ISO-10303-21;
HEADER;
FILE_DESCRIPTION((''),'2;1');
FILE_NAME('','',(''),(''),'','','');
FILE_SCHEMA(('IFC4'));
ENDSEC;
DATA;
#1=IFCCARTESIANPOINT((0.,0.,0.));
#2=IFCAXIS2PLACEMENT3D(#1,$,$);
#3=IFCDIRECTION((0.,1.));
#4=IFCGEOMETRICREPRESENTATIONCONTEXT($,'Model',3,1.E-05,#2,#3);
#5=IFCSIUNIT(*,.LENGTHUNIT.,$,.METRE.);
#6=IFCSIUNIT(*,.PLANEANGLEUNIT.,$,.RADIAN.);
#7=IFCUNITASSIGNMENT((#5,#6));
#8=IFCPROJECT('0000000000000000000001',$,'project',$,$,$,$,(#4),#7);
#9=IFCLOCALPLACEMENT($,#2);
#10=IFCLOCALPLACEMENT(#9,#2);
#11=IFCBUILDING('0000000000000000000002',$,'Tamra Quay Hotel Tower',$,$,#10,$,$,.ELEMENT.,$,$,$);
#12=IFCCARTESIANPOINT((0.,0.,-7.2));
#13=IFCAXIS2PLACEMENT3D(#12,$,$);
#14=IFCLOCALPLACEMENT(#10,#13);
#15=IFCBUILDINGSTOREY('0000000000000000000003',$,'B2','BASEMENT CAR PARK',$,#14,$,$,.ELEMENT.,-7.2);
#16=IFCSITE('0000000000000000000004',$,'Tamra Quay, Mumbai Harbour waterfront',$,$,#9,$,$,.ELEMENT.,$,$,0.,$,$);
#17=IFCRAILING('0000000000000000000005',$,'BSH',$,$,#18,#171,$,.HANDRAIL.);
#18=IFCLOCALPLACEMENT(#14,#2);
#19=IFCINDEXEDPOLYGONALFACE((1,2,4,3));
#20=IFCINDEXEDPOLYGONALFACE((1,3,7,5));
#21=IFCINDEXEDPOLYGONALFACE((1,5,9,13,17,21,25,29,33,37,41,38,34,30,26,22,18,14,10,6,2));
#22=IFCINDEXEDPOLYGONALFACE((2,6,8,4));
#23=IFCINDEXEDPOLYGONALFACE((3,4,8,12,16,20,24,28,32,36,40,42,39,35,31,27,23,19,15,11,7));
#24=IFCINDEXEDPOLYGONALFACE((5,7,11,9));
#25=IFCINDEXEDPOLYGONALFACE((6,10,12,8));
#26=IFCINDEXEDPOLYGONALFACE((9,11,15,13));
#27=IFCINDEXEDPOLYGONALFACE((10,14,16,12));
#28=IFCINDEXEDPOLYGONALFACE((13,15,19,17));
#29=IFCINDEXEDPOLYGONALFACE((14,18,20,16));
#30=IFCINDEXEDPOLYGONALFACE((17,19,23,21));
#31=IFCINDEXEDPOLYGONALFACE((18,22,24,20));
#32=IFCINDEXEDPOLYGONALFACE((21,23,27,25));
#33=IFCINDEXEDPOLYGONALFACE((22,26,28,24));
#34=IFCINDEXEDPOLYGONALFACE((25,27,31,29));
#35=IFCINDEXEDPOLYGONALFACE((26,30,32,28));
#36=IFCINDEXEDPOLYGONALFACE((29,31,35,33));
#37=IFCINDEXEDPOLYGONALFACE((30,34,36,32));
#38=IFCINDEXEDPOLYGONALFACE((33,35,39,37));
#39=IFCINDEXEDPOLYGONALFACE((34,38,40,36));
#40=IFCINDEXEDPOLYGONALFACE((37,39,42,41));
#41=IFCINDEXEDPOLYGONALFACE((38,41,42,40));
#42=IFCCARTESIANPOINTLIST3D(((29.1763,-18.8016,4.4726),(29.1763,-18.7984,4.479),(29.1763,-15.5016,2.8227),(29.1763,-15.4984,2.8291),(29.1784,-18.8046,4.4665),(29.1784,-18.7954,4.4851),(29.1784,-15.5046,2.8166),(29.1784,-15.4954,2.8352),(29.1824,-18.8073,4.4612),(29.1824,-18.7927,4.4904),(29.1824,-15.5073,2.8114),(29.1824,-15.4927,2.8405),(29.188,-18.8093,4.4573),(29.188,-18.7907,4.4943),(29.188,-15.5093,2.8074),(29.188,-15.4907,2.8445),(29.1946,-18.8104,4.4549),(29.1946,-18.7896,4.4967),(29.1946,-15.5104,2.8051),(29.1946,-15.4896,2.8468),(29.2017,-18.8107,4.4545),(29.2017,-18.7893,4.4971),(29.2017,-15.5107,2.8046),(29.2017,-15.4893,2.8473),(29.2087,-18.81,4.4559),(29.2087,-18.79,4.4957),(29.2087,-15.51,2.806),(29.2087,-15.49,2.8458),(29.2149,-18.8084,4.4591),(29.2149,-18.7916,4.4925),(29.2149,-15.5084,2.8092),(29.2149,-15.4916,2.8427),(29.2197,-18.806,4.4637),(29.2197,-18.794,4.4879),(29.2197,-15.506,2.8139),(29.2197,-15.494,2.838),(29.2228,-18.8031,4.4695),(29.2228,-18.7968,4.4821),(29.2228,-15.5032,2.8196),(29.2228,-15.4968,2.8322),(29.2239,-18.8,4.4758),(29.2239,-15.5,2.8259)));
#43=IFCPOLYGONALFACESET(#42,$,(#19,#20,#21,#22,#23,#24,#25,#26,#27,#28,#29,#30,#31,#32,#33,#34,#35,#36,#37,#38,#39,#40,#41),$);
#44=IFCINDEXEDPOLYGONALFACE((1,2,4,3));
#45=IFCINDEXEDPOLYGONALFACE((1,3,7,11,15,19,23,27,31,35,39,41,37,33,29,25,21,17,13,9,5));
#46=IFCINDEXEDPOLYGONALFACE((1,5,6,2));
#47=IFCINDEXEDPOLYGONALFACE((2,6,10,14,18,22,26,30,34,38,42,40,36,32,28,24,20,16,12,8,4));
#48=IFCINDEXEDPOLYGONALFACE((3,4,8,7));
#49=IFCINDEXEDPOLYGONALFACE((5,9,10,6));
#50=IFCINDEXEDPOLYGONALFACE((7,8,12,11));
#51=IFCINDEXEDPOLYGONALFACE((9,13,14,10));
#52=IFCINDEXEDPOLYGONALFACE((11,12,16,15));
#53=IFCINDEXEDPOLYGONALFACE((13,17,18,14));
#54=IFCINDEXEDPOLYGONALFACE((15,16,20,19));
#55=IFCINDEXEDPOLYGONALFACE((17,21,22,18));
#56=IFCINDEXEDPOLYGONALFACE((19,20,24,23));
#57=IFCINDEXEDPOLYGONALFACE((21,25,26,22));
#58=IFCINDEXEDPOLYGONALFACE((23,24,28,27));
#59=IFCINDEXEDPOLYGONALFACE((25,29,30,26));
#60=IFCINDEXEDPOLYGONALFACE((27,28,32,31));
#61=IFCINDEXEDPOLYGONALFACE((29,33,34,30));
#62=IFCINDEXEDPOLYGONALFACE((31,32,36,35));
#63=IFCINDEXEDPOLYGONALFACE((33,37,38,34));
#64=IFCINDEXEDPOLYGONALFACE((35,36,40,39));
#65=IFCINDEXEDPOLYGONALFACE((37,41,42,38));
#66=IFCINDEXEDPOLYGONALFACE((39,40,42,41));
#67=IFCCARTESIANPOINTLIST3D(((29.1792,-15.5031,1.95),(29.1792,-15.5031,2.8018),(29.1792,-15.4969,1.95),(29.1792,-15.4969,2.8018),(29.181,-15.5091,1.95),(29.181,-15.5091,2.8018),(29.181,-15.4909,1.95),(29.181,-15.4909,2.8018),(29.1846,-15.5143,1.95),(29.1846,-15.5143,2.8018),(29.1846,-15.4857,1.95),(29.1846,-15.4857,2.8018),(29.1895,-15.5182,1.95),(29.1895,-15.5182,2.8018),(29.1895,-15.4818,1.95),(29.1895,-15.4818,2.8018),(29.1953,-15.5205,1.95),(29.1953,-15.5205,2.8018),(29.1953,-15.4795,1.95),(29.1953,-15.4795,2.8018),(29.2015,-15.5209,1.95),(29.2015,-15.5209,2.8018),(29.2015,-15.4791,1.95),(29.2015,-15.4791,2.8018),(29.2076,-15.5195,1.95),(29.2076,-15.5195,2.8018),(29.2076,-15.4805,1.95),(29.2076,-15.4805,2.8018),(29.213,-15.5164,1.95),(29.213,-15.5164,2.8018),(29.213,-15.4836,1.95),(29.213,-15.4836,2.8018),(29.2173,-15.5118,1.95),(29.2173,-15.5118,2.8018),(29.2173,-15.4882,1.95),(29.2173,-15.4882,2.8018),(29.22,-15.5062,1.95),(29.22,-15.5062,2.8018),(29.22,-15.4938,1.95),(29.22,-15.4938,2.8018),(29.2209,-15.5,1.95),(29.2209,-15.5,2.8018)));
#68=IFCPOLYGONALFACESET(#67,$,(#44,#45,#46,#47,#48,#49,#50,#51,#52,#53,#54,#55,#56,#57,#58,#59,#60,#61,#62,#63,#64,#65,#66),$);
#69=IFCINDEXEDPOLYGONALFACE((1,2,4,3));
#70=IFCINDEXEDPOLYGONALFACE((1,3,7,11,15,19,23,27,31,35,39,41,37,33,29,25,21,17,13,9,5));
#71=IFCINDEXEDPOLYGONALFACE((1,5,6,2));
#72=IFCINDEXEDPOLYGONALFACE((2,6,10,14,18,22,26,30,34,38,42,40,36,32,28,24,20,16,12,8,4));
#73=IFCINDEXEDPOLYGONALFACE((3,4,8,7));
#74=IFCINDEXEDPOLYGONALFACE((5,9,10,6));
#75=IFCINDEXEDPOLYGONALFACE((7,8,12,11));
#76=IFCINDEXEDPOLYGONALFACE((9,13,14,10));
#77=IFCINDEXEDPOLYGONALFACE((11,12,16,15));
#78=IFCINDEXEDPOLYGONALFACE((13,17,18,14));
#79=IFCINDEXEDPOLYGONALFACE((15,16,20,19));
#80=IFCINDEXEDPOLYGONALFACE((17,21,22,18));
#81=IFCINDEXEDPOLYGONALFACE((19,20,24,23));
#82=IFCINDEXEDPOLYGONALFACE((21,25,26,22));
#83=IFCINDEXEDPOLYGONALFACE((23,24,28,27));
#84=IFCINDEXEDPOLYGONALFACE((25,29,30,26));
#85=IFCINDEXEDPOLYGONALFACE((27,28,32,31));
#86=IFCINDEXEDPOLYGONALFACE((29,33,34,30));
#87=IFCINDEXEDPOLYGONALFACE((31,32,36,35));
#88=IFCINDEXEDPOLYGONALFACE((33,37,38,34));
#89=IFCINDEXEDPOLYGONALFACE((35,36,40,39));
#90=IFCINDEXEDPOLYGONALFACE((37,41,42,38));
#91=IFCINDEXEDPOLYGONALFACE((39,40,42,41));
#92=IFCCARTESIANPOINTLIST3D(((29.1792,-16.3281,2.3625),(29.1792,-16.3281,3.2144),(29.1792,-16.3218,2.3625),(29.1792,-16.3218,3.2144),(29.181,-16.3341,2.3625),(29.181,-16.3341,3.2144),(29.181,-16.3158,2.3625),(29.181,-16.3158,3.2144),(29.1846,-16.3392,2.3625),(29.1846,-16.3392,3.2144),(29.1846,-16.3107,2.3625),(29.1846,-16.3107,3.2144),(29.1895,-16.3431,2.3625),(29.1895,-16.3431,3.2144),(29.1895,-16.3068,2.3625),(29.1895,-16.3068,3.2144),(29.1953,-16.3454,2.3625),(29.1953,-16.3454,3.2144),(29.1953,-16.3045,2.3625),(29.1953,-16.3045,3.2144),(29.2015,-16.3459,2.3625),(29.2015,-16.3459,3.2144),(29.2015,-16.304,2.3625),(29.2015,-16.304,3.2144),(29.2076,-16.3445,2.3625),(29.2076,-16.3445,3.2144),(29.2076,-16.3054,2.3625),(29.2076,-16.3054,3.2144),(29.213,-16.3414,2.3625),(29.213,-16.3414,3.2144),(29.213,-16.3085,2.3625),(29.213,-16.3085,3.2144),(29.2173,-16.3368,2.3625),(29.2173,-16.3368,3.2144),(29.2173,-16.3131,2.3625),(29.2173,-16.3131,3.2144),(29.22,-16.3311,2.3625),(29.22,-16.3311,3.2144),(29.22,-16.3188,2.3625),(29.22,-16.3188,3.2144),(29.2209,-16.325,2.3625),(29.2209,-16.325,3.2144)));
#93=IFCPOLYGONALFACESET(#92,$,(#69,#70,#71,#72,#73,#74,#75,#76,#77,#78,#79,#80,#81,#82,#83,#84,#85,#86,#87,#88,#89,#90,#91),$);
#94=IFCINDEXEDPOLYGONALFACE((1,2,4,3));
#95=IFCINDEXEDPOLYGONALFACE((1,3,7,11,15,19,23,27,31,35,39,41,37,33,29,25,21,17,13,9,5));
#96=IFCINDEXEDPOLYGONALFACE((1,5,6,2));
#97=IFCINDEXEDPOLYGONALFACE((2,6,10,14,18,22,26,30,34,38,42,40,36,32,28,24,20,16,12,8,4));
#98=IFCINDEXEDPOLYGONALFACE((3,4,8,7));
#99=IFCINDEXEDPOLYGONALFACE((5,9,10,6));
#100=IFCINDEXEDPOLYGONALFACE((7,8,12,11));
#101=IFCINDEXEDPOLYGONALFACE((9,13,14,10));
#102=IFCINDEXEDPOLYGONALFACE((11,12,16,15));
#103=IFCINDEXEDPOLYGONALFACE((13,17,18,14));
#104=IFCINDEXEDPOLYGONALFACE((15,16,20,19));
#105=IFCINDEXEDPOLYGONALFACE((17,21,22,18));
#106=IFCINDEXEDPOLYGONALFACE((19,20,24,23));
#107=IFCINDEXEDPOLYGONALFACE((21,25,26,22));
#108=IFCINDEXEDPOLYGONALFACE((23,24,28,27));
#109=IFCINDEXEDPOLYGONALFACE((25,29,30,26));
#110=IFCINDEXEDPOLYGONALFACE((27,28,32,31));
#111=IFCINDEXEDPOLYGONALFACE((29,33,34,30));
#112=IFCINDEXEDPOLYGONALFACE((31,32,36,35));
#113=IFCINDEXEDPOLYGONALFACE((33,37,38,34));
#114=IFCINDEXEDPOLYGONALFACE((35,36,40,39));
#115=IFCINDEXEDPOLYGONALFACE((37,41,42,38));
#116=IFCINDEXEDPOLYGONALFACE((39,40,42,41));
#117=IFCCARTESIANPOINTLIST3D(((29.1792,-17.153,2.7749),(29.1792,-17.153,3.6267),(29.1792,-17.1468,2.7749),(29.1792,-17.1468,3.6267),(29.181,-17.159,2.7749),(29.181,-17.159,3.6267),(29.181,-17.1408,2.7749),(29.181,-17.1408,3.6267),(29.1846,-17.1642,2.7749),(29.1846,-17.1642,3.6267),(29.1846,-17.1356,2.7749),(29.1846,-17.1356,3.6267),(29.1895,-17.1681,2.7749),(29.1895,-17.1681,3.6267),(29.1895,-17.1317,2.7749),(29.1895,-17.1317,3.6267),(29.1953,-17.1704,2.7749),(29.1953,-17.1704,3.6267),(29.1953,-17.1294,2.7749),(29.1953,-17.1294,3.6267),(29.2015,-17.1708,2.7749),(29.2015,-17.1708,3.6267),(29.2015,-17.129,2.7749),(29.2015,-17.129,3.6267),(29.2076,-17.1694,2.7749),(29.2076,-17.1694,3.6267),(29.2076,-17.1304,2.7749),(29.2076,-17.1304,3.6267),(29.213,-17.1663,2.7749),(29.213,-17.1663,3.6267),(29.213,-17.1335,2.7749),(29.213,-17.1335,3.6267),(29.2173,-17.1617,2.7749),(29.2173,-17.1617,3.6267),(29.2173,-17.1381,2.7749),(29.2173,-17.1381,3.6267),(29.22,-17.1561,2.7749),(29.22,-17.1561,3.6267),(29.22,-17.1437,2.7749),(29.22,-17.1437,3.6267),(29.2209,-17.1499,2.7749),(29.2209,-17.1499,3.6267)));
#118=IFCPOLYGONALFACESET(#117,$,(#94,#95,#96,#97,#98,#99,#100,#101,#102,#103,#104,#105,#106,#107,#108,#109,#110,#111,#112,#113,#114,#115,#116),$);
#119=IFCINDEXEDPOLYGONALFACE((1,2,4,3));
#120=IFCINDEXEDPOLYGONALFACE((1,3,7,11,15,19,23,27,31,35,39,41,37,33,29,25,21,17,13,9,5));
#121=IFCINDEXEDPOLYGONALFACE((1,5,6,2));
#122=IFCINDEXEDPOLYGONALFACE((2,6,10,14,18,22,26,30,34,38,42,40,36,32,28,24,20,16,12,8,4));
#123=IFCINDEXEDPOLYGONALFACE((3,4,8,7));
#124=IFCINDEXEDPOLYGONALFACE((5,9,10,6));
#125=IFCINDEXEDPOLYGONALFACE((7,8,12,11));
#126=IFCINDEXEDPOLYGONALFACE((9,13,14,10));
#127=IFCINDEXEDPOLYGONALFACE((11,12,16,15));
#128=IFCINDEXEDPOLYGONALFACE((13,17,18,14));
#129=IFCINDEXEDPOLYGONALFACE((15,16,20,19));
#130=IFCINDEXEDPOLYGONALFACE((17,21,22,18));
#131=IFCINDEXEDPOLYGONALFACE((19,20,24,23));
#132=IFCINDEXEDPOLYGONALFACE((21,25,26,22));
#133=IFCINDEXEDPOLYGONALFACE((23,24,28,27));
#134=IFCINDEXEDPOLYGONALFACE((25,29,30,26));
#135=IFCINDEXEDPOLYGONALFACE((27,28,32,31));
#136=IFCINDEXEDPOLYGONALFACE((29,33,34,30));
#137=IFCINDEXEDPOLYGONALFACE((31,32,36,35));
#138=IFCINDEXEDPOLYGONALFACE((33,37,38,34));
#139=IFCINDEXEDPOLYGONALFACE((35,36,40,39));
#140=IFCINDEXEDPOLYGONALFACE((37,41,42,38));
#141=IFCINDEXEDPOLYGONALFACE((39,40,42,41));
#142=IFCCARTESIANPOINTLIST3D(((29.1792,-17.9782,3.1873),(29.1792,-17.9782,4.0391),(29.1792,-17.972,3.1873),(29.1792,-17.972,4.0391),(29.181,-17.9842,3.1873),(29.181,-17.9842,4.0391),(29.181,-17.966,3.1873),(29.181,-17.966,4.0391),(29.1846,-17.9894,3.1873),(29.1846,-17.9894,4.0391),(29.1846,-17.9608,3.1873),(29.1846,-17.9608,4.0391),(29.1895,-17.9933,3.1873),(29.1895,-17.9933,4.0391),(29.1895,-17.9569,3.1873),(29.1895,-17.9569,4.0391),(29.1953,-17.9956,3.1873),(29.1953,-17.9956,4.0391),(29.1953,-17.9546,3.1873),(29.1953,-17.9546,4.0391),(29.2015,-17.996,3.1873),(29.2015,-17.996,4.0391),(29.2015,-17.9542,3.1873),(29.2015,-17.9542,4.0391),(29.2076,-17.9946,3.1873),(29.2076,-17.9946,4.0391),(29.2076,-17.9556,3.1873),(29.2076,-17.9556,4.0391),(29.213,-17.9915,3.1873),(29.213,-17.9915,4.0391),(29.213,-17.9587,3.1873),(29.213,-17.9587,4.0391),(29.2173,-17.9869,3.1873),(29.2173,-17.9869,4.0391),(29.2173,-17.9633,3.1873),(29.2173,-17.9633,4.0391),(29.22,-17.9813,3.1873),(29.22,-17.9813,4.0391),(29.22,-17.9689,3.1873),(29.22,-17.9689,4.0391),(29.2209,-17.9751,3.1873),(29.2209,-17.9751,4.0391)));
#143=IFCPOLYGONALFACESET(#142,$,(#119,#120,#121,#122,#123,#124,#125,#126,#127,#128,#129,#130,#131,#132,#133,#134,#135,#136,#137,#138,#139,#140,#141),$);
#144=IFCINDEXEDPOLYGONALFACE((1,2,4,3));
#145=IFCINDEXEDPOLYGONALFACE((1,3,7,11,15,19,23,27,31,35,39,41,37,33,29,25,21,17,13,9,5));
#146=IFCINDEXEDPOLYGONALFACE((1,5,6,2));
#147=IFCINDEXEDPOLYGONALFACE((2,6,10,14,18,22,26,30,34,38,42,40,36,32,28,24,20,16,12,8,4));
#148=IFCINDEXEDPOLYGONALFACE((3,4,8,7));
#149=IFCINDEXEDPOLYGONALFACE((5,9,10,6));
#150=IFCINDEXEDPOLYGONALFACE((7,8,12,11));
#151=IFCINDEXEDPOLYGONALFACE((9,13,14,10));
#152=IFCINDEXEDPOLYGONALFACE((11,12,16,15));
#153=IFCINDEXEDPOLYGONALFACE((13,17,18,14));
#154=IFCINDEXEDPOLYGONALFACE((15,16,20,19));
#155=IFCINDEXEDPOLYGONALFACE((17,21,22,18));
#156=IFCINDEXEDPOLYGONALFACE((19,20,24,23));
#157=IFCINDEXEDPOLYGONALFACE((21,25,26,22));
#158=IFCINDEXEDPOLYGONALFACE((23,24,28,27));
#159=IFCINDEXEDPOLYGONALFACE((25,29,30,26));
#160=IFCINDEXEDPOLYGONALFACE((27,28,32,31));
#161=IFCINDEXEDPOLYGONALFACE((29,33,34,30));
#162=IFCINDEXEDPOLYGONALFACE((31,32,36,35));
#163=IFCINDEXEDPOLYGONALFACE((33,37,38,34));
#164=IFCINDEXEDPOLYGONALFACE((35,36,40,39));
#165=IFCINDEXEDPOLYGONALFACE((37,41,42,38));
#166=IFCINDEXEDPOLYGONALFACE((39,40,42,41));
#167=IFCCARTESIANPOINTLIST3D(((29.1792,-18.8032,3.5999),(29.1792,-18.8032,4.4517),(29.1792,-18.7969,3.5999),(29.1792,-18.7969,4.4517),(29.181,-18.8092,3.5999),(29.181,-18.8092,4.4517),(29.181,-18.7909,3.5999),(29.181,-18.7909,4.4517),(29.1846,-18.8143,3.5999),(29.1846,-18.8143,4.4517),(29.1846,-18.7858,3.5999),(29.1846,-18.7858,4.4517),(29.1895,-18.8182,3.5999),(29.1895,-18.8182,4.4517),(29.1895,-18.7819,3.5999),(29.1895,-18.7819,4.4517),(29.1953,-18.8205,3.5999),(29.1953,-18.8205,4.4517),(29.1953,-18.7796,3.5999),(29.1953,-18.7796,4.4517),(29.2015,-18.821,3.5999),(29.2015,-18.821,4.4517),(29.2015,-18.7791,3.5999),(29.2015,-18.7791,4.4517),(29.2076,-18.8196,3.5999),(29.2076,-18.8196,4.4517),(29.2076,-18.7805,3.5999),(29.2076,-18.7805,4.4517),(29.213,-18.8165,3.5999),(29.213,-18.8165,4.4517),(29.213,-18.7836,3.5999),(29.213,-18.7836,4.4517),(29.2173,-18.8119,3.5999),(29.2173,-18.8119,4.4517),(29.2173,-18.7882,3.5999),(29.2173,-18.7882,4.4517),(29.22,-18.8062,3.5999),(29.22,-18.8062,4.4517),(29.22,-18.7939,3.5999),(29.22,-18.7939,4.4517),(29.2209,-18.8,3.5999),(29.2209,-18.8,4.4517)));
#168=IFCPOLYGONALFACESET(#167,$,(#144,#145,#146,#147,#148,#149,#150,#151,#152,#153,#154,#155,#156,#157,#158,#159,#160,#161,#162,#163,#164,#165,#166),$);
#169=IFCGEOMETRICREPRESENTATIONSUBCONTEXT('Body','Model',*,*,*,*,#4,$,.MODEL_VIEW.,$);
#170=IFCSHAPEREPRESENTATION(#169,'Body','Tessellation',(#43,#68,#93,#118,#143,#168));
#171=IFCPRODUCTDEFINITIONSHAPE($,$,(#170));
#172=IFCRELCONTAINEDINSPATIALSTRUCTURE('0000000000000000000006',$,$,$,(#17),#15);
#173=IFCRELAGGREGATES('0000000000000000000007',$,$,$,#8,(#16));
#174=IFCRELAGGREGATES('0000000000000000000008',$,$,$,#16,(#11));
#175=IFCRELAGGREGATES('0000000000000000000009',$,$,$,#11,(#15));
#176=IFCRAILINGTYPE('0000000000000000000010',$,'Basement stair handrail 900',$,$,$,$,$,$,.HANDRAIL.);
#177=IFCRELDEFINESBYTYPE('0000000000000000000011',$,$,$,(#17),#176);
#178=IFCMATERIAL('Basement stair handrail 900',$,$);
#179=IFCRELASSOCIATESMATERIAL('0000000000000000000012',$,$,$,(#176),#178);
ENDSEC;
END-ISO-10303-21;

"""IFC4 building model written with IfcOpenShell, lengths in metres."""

from ifc_helpers import new_model, si_unit, direction, frame, origin, origin_2d, place, context, subcontext, project, spatial, circle, extrude, material, type_object, element, save


model = new_model("IFC4")

# Units and contexts
model_context = context("Model", 3, precision=1e-05, world=origin(), true_north=direction((0.0, 1.0)))
body_context = subcontext(model_context, "Body", "Model", "MODEL_VIEW")
ifc_project = project(units=[si_unit("LENGTHUNIT", "METRE"), si_unit("PLANEANGLEUNIT", "RADIAN")], contexts=[model_context])

# Site, building, storey
site_placement = place(None, origin())
site = spatial("IfcSite", under=ifc_project, at=site_placement, Name="Tamra Quay, Mumbai Harbour waterfront", CompositionType="ELEMENT", RefElevation=0.0)
building_placement = place(site_placement, origin())
building = spatial("IfcBuilding", under=site, at=building_placement, Name="Tamra Quay Hotel Tower", CompositionType="ELEMENT")
storey_placement = place(building_placement, frame((0.0, 0.0, -7.2)))
storey = spatial("IfcBuildingStorey", under=building, at=storey_placement, Name="B2", Description="BASEMENT CAR PARK", CompositionType="ELEMENT", Elevation=-7.2)

# Railing
ifc_material_1 = material(Name="Basement stair handrail 900")
railing_type_1 = type_object("IfcRailingType", Name="Basement stair handrail 900", PredefinedType="HANDRAIL", material=ifc_material_1)
railing_1_placement = place(storey_placement, frame((29.2, -15.5, 1.95)))
element("IfcRailing", 1, at=railing_1_placement, inside=storey, type_object=railing_type_1, Name="BSH", PredefinedType="HANDRAIL", context=body_context, shape_type="SweptSolid", body=[
    extrude(circle(Radius=0.0239, at=origin_2d()), frame((0.0, 0.0, 0.876), z_axis=(0.0, -0.89444, 0.447187), x_axis=(1.0, 0.0, 0.0)), (0.0, 0.0, 1.0), 3.6895),
    extrude(circle(Radius=0.021, at=origin_2d()), origin(), (0.0, 0.0, 1.0), 0.8518),
    extrude(circle(Radius=0.021, at=origin_2d()), frame((0.0, -0.825, 0.4126)), (0.0, 0.0, 1.0), 0.8518),
    extrude(circle(Radius=0.021, at=origin_2d()), frame((0.0, -1.6499, 0.825)), (0.0, 0.0, 1.0), 0.8518),
    extrude(circle(Radius=0.021, at=origin_2d()), frame((0.0, -2.4751, 1.2373)), (0.0, 0.0, 1.0), 0.8518),
    extrude(circle(Radius=0.021, at=origin_2d()), frame((0.0, -3.3, 1.6499)), (0.0, 0.0, 1.0), 0.8518),
])

save(model, "model.ifc")
